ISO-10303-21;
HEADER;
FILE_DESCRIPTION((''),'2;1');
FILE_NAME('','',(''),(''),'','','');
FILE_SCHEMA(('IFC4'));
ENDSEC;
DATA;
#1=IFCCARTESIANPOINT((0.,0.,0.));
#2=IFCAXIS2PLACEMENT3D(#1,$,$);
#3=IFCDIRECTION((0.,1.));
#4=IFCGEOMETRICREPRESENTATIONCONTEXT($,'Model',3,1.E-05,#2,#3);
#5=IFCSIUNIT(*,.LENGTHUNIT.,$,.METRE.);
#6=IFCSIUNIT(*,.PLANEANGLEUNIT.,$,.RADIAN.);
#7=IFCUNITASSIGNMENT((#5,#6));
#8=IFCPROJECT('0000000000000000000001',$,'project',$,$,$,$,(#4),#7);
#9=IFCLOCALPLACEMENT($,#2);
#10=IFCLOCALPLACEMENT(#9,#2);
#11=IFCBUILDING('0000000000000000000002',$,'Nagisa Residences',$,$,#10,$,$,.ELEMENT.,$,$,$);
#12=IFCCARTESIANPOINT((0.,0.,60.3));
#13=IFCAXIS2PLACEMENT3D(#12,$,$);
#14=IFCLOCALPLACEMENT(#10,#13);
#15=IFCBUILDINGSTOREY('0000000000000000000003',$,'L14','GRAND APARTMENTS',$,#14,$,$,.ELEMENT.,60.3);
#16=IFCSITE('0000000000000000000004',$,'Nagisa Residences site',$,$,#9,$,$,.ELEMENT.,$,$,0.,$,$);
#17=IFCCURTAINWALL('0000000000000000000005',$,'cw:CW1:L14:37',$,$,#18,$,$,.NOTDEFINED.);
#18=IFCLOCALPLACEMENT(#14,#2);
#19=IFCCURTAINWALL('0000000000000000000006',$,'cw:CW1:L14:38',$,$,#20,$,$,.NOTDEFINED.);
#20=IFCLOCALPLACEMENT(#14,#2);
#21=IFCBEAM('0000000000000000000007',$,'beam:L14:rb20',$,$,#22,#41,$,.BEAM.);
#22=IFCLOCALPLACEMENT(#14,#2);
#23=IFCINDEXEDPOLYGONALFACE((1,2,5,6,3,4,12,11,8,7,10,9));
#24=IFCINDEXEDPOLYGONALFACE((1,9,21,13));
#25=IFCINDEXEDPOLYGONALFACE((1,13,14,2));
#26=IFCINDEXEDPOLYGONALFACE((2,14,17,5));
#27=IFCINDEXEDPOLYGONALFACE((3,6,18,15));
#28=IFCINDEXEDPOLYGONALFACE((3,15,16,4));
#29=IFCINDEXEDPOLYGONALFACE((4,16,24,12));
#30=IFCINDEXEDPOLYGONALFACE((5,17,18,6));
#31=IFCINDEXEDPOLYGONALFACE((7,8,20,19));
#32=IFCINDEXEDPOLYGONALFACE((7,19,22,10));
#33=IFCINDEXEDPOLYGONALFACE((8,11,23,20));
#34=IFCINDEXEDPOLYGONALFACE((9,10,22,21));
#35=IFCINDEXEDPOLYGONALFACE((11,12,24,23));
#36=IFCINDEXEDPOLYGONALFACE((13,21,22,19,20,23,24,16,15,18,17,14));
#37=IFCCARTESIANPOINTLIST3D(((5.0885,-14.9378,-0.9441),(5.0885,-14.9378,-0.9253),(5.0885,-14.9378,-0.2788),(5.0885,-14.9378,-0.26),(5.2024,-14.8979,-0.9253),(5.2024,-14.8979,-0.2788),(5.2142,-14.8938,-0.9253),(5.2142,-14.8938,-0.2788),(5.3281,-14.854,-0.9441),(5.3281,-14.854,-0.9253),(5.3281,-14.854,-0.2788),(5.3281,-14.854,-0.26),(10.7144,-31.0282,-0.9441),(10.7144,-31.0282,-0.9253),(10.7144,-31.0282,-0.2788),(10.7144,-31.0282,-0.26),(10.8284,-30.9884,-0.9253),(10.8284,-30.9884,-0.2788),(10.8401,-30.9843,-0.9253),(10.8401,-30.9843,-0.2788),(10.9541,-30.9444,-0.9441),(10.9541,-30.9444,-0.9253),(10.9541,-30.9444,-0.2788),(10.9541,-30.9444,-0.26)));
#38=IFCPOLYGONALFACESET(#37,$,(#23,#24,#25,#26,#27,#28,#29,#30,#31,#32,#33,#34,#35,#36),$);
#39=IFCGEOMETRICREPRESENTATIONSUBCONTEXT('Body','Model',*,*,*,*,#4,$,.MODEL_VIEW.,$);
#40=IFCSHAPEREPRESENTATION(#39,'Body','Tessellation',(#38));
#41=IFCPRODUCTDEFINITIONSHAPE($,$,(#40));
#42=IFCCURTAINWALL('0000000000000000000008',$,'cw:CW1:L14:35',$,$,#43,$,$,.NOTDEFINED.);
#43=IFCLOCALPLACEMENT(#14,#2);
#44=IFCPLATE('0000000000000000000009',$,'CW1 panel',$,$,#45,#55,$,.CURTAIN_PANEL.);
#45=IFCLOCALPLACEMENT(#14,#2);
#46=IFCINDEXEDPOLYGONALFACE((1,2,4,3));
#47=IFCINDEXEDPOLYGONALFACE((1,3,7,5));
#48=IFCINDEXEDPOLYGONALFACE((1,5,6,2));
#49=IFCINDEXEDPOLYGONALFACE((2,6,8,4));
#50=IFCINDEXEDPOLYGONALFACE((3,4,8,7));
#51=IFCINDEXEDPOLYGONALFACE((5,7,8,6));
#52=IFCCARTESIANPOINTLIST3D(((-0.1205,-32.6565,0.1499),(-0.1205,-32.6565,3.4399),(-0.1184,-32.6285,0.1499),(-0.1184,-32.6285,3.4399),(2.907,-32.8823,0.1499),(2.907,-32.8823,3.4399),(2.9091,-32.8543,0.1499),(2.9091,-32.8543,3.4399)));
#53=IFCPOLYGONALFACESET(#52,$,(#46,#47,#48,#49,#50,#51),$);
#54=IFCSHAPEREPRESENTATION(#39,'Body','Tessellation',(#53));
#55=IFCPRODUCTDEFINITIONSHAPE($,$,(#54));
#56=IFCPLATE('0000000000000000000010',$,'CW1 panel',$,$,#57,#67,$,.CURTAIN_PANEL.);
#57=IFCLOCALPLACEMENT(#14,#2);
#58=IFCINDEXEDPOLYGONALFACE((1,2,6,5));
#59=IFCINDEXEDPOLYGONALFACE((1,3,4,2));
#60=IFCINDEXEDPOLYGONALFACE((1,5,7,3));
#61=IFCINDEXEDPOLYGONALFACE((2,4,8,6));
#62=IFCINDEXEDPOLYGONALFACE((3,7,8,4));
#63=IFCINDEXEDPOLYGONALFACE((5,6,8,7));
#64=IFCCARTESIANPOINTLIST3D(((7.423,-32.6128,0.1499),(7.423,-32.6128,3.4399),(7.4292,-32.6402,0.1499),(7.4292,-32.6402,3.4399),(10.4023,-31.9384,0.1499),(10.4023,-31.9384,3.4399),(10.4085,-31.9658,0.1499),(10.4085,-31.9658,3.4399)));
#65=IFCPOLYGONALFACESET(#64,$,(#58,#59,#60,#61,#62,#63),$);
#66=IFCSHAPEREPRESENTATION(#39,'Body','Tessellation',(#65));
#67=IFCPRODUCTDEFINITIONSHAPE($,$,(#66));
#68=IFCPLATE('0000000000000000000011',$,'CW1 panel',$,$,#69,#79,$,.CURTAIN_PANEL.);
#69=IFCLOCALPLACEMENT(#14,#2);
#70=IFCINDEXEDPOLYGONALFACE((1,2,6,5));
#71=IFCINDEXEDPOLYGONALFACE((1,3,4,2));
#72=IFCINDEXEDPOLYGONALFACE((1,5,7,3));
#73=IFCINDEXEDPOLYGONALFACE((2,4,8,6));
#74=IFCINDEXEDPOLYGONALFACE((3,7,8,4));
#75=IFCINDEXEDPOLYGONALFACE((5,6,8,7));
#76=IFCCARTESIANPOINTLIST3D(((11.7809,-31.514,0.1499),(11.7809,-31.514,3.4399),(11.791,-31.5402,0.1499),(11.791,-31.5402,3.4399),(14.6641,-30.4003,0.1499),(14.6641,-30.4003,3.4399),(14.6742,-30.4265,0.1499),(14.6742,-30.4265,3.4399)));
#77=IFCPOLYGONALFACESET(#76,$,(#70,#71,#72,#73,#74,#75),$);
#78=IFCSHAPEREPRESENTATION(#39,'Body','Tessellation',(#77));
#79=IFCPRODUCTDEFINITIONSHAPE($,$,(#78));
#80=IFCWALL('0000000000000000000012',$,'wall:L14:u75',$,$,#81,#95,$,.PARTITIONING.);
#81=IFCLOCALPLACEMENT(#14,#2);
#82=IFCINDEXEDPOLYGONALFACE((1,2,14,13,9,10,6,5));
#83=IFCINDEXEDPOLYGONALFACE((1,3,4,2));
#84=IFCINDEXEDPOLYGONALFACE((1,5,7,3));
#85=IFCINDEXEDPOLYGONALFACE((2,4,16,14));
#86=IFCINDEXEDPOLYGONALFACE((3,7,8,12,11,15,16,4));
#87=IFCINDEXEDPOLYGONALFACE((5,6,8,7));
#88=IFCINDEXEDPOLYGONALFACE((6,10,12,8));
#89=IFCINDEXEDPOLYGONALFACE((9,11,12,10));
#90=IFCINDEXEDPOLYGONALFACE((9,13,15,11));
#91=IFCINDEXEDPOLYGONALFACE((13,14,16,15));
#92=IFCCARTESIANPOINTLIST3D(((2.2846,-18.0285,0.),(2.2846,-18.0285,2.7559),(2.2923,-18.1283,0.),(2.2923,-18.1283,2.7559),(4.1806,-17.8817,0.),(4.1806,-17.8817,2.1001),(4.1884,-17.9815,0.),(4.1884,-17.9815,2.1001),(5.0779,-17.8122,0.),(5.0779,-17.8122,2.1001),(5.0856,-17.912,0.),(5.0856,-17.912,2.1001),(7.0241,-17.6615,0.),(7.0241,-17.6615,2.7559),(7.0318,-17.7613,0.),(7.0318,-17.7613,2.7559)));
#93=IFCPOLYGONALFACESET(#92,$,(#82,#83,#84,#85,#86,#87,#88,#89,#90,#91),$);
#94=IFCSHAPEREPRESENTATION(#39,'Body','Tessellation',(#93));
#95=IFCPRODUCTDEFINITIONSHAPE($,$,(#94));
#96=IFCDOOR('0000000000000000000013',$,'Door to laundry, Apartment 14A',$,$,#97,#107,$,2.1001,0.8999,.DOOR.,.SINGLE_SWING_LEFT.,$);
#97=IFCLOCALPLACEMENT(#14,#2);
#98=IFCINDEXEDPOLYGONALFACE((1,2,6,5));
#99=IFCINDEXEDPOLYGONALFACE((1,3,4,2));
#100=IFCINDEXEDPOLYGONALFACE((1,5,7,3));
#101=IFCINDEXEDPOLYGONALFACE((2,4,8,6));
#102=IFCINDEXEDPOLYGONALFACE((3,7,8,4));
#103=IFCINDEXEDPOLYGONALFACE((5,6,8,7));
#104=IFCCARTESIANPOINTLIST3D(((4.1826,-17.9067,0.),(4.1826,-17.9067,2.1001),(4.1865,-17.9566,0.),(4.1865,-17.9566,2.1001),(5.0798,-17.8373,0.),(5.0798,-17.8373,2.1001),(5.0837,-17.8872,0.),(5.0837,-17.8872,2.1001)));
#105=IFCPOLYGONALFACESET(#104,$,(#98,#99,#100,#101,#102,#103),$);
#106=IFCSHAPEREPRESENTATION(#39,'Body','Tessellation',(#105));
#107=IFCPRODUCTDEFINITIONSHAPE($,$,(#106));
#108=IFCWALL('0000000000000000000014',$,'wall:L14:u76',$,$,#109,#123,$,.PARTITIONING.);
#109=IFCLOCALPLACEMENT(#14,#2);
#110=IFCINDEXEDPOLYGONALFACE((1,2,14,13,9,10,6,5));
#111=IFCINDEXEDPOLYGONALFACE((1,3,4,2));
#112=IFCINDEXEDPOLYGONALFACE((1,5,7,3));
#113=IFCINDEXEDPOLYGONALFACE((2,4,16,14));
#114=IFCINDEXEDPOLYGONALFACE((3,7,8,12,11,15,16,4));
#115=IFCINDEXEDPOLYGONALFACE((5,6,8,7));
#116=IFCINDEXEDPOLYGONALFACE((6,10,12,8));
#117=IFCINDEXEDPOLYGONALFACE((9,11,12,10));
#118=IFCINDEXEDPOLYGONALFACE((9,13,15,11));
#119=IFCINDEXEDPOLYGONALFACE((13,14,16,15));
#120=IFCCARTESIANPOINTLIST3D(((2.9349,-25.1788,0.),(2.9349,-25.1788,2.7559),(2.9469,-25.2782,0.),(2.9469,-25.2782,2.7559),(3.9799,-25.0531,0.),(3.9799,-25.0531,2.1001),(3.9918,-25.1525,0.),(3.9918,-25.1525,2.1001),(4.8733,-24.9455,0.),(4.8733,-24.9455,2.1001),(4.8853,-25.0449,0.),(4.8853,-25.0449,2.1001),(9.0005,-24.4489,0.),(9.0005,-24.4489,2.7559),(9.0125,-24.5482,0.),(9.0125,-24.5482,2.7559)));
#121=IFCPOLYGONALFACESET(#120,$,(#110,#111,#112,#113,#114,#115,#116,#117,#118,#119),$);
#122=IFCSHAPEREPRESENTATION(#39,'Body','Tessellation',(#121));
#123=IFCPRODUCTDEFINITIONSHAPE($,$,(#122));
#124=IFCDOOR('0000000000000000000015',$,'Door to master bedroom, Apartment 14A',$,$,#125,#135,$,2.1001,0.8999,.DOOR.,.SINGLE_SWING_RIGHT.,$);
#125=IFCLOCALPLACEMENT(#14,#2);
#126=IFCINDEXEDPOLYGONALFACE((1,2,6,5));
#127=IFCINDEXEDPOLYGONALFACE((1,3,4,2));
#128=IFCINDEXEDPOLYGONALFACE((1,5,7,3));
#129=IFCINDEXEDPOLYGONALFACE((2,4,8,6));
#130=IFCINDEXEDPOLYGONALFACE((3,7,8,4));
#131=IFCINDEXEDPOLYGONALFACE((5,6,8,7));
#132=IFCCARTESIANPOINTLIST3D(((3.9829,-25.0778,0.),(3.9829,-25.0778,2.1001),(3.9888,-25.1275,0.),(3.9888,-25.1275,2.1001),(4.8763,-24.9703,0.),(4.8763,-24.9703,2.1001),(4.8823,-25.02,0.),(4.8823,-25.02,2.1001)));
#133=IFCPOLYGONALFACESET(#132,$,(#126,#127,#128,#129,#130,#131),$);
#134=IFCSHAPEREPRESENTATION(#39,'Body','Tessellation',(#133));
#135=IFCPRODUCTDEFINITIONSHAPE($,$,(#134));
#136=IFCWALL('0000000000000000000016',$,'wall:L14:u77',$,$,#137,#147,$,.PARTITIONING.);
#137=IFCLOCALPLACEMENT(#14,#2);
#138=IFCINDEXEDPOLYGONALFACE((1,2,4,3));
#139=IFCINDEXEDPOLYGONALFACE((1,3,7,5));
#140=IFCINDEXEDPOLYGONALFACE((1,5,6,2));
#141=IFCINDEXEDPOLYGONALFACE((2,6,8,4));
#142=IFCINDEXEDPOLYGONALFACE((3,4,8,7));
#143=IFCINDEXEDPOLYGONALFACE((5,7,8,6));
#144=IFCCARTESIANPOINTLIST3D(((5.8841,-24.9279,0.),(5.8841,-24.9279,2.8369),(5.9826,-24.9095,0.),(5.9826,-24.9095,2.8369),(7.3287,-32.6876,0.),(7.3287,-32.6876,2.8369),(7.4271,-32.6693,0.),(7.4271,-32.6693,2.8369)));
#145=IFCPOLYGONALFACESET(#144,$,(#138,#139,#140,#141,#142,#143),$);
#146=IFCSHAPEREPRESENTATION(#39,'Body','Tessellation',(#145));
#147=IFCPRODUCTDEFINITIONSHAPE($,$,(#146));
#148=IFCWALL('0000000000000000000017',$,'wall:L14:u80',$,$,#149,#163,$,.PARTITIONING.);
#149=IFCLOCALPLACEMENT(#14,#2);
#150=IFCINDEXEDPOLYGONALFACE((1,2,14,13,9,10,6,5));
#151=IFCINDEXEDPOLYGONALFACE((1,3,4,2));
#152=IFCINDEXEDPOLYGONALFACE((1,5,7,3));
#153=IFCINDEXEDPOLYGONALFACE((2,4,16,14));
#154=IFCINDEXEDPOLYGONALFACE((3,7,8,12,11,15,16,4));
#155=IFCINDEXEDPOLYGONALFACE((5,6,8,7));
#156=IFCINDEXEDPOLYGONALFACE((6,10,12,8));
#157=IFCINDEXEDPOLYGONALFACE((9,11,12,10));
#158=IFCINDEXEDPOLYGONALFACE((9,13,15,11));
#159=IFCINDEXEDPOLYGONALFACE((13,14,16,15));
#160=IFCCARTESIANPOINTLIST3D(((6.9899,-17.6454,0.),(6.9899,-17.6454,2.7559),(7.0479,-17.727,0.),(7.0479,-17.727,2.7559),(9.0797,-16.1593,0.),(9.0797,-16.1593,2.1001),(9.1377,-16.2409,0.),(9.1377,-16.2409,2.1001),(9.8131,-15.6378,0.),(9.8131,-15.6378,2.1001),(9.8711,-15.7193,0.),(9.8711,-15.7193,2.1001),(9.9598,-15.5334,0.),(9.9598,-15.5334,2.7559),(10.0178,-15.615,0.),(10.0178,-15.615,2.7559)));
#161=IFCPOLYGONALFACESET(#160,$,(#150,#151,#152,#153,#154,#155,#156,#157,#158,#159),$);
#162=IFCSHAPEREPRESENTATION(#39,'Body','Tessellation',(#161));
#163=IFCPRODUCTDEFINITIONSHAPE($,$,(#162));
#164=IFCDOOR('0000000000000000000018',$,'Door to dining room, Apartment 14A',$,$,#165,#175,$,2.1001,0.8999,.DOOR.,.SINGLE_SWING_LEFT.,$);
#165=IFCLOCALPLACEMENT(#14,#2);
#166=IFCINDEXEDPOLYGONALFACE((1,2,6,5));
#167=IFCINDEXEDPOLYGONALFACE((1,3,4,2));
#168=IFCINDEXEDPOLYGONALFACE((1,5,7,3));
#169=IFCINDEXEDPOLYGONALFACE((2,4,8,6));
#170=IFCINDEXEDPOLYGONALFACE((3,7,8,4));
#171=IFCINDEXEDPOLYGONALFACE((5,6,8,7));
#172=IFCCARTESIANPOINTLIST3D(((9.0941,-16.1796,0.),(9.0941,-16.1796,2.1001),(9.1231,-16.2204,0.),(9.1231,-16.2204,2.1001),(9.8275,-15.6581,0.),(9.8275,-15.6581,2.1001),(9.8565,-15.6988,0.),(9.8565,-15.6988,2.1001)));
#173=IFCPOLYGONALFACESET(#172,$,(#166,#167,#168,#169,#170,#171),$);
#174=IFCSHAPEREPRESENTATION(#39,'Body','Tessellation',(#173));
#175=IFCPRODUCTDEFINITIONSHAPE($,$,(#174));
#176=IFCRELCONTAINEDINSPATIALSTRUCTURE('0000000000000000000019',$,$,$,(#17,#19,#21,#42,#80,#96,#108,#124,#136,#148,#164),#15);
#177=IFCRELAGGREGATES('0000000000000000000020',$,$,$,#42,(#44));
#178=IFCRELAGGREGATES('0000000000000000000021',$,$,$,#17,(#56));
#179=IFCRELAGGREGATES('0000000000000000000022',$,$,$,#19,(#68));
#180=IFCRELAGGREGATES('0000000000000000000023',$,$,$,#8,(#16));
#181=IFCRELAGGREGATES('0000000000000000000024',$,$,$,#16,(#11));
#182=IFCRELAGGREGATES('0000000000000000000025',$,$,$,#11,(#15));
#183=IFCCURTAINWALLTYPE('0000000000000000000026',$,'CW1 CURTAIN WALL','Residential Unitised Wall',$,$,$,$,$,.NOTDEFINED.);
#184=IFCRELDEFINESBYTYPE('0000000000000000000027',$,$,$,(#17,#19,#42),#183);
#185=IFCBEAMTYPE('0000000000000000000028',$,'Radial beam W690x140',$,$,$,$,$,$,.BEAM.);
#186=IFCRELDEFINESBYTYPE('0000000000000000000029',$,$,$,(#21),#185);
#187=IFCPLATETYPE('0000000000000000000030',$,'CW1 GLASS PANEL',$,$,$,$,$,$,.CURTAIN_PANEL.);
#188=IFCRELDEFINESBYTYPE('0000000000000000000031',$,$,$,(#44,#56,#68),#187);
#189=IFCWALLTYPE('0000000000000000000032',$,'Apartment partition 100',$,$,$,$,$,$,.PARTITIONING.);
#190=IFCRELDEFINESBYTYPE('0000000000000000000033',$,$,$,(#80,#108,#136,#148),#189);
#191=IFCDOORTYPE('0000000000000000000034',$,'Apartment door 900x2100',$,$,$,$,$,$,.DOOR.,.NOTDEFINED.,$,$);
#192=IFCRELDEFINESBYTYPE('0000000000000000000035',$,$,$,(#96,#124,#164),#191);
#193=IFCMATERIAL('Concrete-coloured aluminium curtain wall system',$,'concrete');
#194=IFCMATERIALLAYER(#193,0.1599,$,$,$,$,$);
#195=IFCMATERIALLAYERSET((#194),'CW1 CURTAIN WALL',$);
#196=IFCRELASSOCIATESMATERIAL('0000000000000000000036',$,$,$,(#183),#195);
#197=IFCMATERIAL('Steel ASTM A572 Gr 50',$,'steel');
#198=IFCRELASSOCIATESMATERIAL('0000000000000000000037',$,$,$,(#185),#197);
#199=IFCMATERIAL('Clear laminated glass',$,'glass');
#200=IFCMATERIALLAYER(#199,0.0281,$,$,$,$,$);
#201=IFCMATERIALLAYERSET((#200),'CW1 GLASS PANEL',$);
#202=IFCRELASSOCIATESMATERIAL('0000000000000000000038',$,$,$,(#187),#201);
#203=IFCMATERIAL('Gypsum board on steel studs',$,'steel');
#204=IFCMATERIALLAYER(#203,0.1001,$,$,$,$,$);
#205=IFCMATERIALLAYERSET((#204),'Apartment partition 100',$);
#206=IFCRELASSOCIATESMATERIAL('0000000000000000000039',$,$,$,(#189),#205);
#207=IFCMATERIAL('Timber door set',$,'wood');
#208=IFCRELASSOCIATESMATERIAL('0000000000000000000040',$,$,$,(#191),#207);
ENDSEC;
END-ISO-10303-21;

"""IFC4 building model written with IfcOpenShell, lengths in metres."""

from ifc_helpers import new_model, si_unit, direction, frame, frame_2d, origin, origin_2d, place, context, subcontext, project, spatial, rectangle, i_section, extrude, material, layer, layer_set, material_profile, profile_set, type_object, element, fill, aggregate, save


model = new_model("IFC4")

# Units and contexts
model_context = context("Model", 3, precision=1e-05, world=origin(), true_north=direction((0.0, 1.0)))
body_context = subcontext(model_context, "Body", "Model", "MODEL_VIEW")
ifc_project = project(units=[si_unit("LENGTHUNIT", "METRE"), si_unit("PLANEANGLEUNIT", "RADIAN")], contexts=[model_context])

# Site, building, storey
site_placement = place(None, origin())
site = spatial("IfcSite", under=ifc_project, at=site_placement, Name="Nagisa Residences site", CompositionType="ELEMENT", RefElevation=0.0)
building_placement = place(site_placement, origin())
building = spatial("IfcBuilding", under=site, at=building_placement, Name="Nagisa Residences", CompositionType="ELEMENT")
storey_placement = place(building_placement, frame((0.0, 0.0, 60.3)))
storey = spatial("IfcBuildingStorey", under=building, at=storey_placement, Name="L14", Description="GRAND APARTMENTS", CompositionType="ELEMENT", Elevation=60.3)

# Curtain walls
ifc_material_1 = material(Name="Concrete-coloured aluminium curtain wall system", Category="concrete")
ifc_layer_1 = layer(ifc_material_1, 0.1599)
ifc_layer_set_1 = layer_set([ifc_layer_1], Name="CW1 CURTAIN WALL")
curtain_wall_type = type_object("IfcCurtainWallType", Name="CW1 CURTAIN WALL", Description="Residential Unitised Wall", PredefinedType="NOTDEFINED", material=ifc_layer_set_1)
curtain_wall_1_placement = place(storey_placement, origin())
curtain_wall_1 = element("IfcCurtainWall", 1, at=curtain_wall_1_placement, inside=storey, type_object=curtain_wall_type, Name="cw:CW1:L14:37", PredefinedType="NOTDEFINED")
curtain_wall_2_placement = place(storey_placement, origin())
curtain_wall_2 = element("IfcCurtainWall", 2, at=curtain_wall_2_placement, inside=storey, type_object=curtain_wall_type, Name="cw:CW1:L14:38", PredefinedType="NOTDEFINED")

# Beam
ifc_material_2 = material(Name="Steel ASTM A572 Gr 50", Category="steel")
ifc_material_profile_1 = material_profile(ifc_material_2, i_section(OverallWidth=0.2539, OverallDepth=0.6841, WebThickness=0.0125, FlangeThickness=0.0188, at=origin_2d()), Name="W690x140")
ifc_profile_set_1 = profile_set([ifc_material_profile_1], Name="Steel ASTM A572 Gr 50")
beam_type_1 = type_object("IfcBeamType", Name="Radial beam W690x140", PredefinedType="BEAM", material=ifc_profile_set_1)
beam_1_placement = place(storey_placement, frame((10.8342, -30.9863, -0.6021), z_axis=(-0.330051, 0.943963, 0.0), x_axis=(-0.943963, -0.330051, 0.0)))
element("IfcBeam", 3, at=beam_1_placement, inside=storey, type_object=beam_type_1, Name="beam:L14:rb20", PredefinedType="BEAM", context=body_context, shape_type="SweptSolid", body=[
    extrude(i_section(OverallWidth=0.2539, OverallDepth=0.6841, WebThickness=0.0125, FlangeThickness=0.0188, at=origin_2d()), origin(), (0.0, 0.0, 1.0), 17.0457),
])

# Curtain wall, plate
curtain_wall_3_placement = place(storey_placement, origin())
curtain_wall_3 = element("IfcCurtainWall", 4, at=curtain_wall_3_placement, inside=storey, type_object=curtain_wall_type, Name="cw:CW1:L14:35", PredefinedType="NOTDEFINED")
ifc_material_3 = material(Name="Clear laminated glass", Category="glass")
ifc_layer_2 = layer(ifc_material_3, 0.0281)
ifc_layer_set_2 = layer_set([ifc_layer_2], Name="CW1 GLASS PANEL")
plate_type = type_object("IfcPlateType", Name="CW1 GLASS PANEL", PredefinedType="CURTAIN_PANEL", material=ifc_layer_set_2)
plate_1_placement = place(storey_placement, frame((1.3943, -32.7554, 0.1499), z_axis=(0.0, 0.0, 1.0), x_axis=(0.99723, -0.074377, 0.0)))
plate_1 = element("IfcPlate", 5, at=plate_1_placement, type_object=plate_type, Name="CW1 panel", PredefinedType="CURTAIN_PANEL", context=body_context, shape_type="SweptSolid", body=[
    extrude(rectangle(XDim=3.0359, YDim=0.0281, at=origin_2d()), origin(), (0.0, 0.0, 1.0), 3.29),
])
aggregate(curtain_wall_3, [plate_1])

# Plates
plate_2_placement = place(storey_placement, frame((8.9158, -32.2893, 0.1499), z_axis=(0.0, 0.0, 1.0), x_axis=(0.975327, 0.220764, 0.0)))
plate_2 = element("IfcPlate", 6, at=plate_2_placement, type_object=plate_type, Name="CW1 panel", PredefinedType="CURTAIN_PANEL", context=body_context, shape_type="SweptSolid", body=[
    extrude(rectangle(XDim=3.0547, YDim=0.0281, at=origin_2d()), origin(), (0.0, 0.0, 1.0), 3.29),
])
aggregate(curtain_wall_1, [plate_2])
plate_3_placement = place(storey_placement, frame((13.2275, -30.9702, 0.1499), z_axis=(0.0, 0.0, 1.0), x_axis=(0.932826, 0.360328, 0.0)))
plate_3 = element("IfcPlate", 7, at=plate_3_placement, type_object=plate_type, Name="CW1 panel", PredefinedType="CURTAIN_PANEL", context=body_context, shape_type="SweptSolid", body=[
    extrude(rectangle(XDim=3.0908, YDim=0.0281, at=origin_2d()), origin(), (0.0, 0.0, 1.0), 3.29),
])
aggregate(curtain_wall_2, [plate_3])

# Walls, openings, doors
ifc_material_4 = material(Name="Gypsum board on steel studs", Category="steel")
ifc_layer_3 = layer(ifc_material_4, 0.1001)
ifc_layer_set_3 = layer_set([ifc_layer_3], Name="Apartment partition 100")
wall_type_1 = type_object("IfcWallType", Name="Apartment partition 100", PredefinedType="PARTITIONING", material=ifc_layer_set_3)
wall_1_placement = place(storey_placement, frame((2.2883, -18.0784, 0.0), z_axis=(0.0, 0.0, 1.0), x_axis=(0.997016, 0.077191, 0.0)))
wall_1 = element("IfcWall", 8, at=wall_1_placement, inside=storey, type_object=wall_type_1, Name="wall:L14:u75", PredefinedType="PARTITIONING", context=body_context, shape_type="SweptSolid", body=[
    extrude(rectangle(XDim=4.7537, YDim=0.1001, at=frame_2d((2.377, 0.0))), origin(), (0.0, 0.0, 1.0), 2.7559),
])
opening_1_placement = place(wall_1_placement, frame((1.9019, 0.0, 0.0)))
opening_1 = element("IfcOpeningElement", 9, at=opening_1_placement, cuts=wall_1, PredefinedType="OPENING", context=body_context, shape_type="SweptSolid", body=[
    extrude(rectangle(XDim=0.8999, YDim=2.1001, at=frame_2d((0.45, 1.05))), frame((0.0, 0.0601, 0.0), z_axis=(0.0, -1.0, 0.0), x_axis=(1.0, 0.0, 0.0)), (0.0, 0.0, 1.0), 0.1201),
])
ifc_material_5 = material(Name="Timber door set", Category="wood")
door_type_1 = type_object("IfcDoorType", Name="Apartment door 900x2100", OperationType="NOTDEFINED", PredefinedType="DOOR", material=ifc_material_5)
door_1_placement = place(opening_1_placement, origin())
door_1 = element("IfcDoor", 10, at=door_1_placement, inside=storey, type_object=door_type_1, Name="Door to laundry, Apartment 14A", OperationType="SINGLE_SWING_LEFT", OverallHeight=2.1001, OverallWidth=0.8999, PredefinedType="DOOR", context=body_context, shape_type="SweptSolid", body=[
    extrude(rectangle(XDim=0.8999, YDim=2.1001, at=frame_2d((0.45, 1.05))), frame((0.0, 0.0249, 0.0), z_axis=(0.0, -1.0, 0.0), x_axis=(1.0, 0.0, 0.0)), (0.0, 0.0, 1.0), 0.05),
])
fill(opening_1, door_1)
wall_2_placement = place(storey_placement, frame((2.9409, -25.2285, 0.0), z_axis=(0.0, 0.0, 1.0), x_axis=(0.992836, 0.119484, 0.0)))
wall_2 = element("IfcWall", 11, at=wall_2_placement, inside=storey, type_object=wall_type_1, Name="wall:L14:u76", PredefinedType="PARTITIONING", context=body_context, shape_type="SweptSolid", body=[
    extrude(rectangle(XDim=6.1094, YDim=0.1001, at=frame_2d((3.0547, 0.0))), origin(), (0.0, 0.0, 1.0), 2.7559),
])
opening_2_placement = place(wall_2_placement, frame((1.0525, 0.0, 0.0)))
opening_2 = element("IfcOpeningElement", 12, at=opening_2_placement, cuts=wall_2, PredefinedType="OPENING", context=body_context, shape_type="SweptSolid", body=[
    extrude(rectangle(XDim=0.8999, YDim=2.1001, at=frame_2d((0.45, 1.05))), frame((0.0, 0.0601, 0.0), z_axis=(0.0, -1.0, 0.0), x_axis=(1.0, 0.0, 0.0)), (0.0, 0.0, 1.0), 0.1201),
])
door_2_placement = place(opening_2_placement, frame((0.8999, 0.0, 0.0), x_axis=(-1.0, 0.0, 0.0)))
door_2 = element("IfcDoor", 13, at=door_2_placement, inside=storey, type_object=door_type_1, Name="Door to master bedroom, Apartment 14A", OperationType="SINGLE_SWING_RIGHT", OverallHeight=2.1001, OverallWidth=0.8999, PredefinedType="DOOR", context=body_context, shape_type="SweptSolid", body=[
    extrude(rectangle(XDim=0.8999, YDim=2.1001, at=frame_2d((0.45, 1.05))), frame((0.0, 0.0249, 0.0), z_axis=(0.0, -1.0, 0.0), x_axis=(1.0, 0.0, 0.0)), (0.0, 0.0, 1.0), 0.05),
])
fill(opening_2, door_2)

# Wall
wall_3_placement = place(storey_placement, frame((5.9333, -24.9187, 0.0), z_axis=(0.0, 0.0, 1.0), x_axis=(0.183018, -0.983109, 0.0)))
element("IfcWall", 14, at=wall_3_placement, inside=storey, type_object=wall_type_1, Name="wall:L14:u77", PredefinedType="PARTITIONING", context=body_context, shape_type="SweptSolid", body=[
    extrude(rectangle(XDim=7.8931, YDim=0.1001, at=frame_2d((3.9465, 0.0))), origin(), (0.0, 0.0, 1.0), 2.8369),
])

# Wall, opening, door
wall_4_placement = place(storey_placement, frame((7.0188, -17.6863, 0.0), z_axis=(0.0, 0.0, 1.0), x_axis=(0.814945, 0.579539, 0.0)))
wall_4 = element("IfcWall", 15, at=wall_4_placement, inside=storey, type_object=wall_type_1, Name="wall:L14:u80", PredefinedType="PARTITIONING", context=body_context, shape_type="SweptSolid", body=[
    extrude(rectangle(XDim=3.6443, YDim=0.1001, at=frame_2d((1.8223, 0.0))), origin(), (0.0, 0.0, 1.0), 2.7559),
])
opening_3_placement = place(wall_4_placement, frame((2.5645, 0.0, 0.0)))
opening_3 = element("IfcOpeningElement", 16, at=opening_3_placement, cuts=wall_4, PredefinedType="OPENING", context=body_context, shape_type="SweptSolid", body=[
    extrude(rectangle(XDim=0.8999, YDim=2.1001, at=frame_2d((0.45, 1.05))), frame((0.0, 0.0601, 0.0), z_axis=(0.0, -1.0, 0.0), x_axis=(1.0, 0.0, 0.0)), (0.0, 0.0, 1.0), 0.1201),
])
door_3_placement = place(opening_3_placement, frame((0.8999, 0.0, 0.0), x_axis=(-1.0, 0.0, 0.0)))
door_3 = element("IfcDoor", 17, at=door_3_placement, inside=storey, type_object=door_type_1, Name="Door to dining room, Apartment 14A", OperationType="SINGLE_SWING_LEFT", OverallHeight=2.1001, OverallWidth=0.8999, PredefinedType="DOOR", context=body_context, shape_type="SweptSolid", body=[
    extrude(rectangle(XDim=0.8999, YDim=2.1001, at=frame_2d((0.45, 1.05))), frame((0.0, 0.0249, 0.0), z_axis=(0.0, -1.0, 0.0), x_axis=(1.0, 0.0, 0.0)), (0.0, 0.0, 1.0), 0.05),
])
fill(opening_3, door_3)

save(model, "model.ifc")
